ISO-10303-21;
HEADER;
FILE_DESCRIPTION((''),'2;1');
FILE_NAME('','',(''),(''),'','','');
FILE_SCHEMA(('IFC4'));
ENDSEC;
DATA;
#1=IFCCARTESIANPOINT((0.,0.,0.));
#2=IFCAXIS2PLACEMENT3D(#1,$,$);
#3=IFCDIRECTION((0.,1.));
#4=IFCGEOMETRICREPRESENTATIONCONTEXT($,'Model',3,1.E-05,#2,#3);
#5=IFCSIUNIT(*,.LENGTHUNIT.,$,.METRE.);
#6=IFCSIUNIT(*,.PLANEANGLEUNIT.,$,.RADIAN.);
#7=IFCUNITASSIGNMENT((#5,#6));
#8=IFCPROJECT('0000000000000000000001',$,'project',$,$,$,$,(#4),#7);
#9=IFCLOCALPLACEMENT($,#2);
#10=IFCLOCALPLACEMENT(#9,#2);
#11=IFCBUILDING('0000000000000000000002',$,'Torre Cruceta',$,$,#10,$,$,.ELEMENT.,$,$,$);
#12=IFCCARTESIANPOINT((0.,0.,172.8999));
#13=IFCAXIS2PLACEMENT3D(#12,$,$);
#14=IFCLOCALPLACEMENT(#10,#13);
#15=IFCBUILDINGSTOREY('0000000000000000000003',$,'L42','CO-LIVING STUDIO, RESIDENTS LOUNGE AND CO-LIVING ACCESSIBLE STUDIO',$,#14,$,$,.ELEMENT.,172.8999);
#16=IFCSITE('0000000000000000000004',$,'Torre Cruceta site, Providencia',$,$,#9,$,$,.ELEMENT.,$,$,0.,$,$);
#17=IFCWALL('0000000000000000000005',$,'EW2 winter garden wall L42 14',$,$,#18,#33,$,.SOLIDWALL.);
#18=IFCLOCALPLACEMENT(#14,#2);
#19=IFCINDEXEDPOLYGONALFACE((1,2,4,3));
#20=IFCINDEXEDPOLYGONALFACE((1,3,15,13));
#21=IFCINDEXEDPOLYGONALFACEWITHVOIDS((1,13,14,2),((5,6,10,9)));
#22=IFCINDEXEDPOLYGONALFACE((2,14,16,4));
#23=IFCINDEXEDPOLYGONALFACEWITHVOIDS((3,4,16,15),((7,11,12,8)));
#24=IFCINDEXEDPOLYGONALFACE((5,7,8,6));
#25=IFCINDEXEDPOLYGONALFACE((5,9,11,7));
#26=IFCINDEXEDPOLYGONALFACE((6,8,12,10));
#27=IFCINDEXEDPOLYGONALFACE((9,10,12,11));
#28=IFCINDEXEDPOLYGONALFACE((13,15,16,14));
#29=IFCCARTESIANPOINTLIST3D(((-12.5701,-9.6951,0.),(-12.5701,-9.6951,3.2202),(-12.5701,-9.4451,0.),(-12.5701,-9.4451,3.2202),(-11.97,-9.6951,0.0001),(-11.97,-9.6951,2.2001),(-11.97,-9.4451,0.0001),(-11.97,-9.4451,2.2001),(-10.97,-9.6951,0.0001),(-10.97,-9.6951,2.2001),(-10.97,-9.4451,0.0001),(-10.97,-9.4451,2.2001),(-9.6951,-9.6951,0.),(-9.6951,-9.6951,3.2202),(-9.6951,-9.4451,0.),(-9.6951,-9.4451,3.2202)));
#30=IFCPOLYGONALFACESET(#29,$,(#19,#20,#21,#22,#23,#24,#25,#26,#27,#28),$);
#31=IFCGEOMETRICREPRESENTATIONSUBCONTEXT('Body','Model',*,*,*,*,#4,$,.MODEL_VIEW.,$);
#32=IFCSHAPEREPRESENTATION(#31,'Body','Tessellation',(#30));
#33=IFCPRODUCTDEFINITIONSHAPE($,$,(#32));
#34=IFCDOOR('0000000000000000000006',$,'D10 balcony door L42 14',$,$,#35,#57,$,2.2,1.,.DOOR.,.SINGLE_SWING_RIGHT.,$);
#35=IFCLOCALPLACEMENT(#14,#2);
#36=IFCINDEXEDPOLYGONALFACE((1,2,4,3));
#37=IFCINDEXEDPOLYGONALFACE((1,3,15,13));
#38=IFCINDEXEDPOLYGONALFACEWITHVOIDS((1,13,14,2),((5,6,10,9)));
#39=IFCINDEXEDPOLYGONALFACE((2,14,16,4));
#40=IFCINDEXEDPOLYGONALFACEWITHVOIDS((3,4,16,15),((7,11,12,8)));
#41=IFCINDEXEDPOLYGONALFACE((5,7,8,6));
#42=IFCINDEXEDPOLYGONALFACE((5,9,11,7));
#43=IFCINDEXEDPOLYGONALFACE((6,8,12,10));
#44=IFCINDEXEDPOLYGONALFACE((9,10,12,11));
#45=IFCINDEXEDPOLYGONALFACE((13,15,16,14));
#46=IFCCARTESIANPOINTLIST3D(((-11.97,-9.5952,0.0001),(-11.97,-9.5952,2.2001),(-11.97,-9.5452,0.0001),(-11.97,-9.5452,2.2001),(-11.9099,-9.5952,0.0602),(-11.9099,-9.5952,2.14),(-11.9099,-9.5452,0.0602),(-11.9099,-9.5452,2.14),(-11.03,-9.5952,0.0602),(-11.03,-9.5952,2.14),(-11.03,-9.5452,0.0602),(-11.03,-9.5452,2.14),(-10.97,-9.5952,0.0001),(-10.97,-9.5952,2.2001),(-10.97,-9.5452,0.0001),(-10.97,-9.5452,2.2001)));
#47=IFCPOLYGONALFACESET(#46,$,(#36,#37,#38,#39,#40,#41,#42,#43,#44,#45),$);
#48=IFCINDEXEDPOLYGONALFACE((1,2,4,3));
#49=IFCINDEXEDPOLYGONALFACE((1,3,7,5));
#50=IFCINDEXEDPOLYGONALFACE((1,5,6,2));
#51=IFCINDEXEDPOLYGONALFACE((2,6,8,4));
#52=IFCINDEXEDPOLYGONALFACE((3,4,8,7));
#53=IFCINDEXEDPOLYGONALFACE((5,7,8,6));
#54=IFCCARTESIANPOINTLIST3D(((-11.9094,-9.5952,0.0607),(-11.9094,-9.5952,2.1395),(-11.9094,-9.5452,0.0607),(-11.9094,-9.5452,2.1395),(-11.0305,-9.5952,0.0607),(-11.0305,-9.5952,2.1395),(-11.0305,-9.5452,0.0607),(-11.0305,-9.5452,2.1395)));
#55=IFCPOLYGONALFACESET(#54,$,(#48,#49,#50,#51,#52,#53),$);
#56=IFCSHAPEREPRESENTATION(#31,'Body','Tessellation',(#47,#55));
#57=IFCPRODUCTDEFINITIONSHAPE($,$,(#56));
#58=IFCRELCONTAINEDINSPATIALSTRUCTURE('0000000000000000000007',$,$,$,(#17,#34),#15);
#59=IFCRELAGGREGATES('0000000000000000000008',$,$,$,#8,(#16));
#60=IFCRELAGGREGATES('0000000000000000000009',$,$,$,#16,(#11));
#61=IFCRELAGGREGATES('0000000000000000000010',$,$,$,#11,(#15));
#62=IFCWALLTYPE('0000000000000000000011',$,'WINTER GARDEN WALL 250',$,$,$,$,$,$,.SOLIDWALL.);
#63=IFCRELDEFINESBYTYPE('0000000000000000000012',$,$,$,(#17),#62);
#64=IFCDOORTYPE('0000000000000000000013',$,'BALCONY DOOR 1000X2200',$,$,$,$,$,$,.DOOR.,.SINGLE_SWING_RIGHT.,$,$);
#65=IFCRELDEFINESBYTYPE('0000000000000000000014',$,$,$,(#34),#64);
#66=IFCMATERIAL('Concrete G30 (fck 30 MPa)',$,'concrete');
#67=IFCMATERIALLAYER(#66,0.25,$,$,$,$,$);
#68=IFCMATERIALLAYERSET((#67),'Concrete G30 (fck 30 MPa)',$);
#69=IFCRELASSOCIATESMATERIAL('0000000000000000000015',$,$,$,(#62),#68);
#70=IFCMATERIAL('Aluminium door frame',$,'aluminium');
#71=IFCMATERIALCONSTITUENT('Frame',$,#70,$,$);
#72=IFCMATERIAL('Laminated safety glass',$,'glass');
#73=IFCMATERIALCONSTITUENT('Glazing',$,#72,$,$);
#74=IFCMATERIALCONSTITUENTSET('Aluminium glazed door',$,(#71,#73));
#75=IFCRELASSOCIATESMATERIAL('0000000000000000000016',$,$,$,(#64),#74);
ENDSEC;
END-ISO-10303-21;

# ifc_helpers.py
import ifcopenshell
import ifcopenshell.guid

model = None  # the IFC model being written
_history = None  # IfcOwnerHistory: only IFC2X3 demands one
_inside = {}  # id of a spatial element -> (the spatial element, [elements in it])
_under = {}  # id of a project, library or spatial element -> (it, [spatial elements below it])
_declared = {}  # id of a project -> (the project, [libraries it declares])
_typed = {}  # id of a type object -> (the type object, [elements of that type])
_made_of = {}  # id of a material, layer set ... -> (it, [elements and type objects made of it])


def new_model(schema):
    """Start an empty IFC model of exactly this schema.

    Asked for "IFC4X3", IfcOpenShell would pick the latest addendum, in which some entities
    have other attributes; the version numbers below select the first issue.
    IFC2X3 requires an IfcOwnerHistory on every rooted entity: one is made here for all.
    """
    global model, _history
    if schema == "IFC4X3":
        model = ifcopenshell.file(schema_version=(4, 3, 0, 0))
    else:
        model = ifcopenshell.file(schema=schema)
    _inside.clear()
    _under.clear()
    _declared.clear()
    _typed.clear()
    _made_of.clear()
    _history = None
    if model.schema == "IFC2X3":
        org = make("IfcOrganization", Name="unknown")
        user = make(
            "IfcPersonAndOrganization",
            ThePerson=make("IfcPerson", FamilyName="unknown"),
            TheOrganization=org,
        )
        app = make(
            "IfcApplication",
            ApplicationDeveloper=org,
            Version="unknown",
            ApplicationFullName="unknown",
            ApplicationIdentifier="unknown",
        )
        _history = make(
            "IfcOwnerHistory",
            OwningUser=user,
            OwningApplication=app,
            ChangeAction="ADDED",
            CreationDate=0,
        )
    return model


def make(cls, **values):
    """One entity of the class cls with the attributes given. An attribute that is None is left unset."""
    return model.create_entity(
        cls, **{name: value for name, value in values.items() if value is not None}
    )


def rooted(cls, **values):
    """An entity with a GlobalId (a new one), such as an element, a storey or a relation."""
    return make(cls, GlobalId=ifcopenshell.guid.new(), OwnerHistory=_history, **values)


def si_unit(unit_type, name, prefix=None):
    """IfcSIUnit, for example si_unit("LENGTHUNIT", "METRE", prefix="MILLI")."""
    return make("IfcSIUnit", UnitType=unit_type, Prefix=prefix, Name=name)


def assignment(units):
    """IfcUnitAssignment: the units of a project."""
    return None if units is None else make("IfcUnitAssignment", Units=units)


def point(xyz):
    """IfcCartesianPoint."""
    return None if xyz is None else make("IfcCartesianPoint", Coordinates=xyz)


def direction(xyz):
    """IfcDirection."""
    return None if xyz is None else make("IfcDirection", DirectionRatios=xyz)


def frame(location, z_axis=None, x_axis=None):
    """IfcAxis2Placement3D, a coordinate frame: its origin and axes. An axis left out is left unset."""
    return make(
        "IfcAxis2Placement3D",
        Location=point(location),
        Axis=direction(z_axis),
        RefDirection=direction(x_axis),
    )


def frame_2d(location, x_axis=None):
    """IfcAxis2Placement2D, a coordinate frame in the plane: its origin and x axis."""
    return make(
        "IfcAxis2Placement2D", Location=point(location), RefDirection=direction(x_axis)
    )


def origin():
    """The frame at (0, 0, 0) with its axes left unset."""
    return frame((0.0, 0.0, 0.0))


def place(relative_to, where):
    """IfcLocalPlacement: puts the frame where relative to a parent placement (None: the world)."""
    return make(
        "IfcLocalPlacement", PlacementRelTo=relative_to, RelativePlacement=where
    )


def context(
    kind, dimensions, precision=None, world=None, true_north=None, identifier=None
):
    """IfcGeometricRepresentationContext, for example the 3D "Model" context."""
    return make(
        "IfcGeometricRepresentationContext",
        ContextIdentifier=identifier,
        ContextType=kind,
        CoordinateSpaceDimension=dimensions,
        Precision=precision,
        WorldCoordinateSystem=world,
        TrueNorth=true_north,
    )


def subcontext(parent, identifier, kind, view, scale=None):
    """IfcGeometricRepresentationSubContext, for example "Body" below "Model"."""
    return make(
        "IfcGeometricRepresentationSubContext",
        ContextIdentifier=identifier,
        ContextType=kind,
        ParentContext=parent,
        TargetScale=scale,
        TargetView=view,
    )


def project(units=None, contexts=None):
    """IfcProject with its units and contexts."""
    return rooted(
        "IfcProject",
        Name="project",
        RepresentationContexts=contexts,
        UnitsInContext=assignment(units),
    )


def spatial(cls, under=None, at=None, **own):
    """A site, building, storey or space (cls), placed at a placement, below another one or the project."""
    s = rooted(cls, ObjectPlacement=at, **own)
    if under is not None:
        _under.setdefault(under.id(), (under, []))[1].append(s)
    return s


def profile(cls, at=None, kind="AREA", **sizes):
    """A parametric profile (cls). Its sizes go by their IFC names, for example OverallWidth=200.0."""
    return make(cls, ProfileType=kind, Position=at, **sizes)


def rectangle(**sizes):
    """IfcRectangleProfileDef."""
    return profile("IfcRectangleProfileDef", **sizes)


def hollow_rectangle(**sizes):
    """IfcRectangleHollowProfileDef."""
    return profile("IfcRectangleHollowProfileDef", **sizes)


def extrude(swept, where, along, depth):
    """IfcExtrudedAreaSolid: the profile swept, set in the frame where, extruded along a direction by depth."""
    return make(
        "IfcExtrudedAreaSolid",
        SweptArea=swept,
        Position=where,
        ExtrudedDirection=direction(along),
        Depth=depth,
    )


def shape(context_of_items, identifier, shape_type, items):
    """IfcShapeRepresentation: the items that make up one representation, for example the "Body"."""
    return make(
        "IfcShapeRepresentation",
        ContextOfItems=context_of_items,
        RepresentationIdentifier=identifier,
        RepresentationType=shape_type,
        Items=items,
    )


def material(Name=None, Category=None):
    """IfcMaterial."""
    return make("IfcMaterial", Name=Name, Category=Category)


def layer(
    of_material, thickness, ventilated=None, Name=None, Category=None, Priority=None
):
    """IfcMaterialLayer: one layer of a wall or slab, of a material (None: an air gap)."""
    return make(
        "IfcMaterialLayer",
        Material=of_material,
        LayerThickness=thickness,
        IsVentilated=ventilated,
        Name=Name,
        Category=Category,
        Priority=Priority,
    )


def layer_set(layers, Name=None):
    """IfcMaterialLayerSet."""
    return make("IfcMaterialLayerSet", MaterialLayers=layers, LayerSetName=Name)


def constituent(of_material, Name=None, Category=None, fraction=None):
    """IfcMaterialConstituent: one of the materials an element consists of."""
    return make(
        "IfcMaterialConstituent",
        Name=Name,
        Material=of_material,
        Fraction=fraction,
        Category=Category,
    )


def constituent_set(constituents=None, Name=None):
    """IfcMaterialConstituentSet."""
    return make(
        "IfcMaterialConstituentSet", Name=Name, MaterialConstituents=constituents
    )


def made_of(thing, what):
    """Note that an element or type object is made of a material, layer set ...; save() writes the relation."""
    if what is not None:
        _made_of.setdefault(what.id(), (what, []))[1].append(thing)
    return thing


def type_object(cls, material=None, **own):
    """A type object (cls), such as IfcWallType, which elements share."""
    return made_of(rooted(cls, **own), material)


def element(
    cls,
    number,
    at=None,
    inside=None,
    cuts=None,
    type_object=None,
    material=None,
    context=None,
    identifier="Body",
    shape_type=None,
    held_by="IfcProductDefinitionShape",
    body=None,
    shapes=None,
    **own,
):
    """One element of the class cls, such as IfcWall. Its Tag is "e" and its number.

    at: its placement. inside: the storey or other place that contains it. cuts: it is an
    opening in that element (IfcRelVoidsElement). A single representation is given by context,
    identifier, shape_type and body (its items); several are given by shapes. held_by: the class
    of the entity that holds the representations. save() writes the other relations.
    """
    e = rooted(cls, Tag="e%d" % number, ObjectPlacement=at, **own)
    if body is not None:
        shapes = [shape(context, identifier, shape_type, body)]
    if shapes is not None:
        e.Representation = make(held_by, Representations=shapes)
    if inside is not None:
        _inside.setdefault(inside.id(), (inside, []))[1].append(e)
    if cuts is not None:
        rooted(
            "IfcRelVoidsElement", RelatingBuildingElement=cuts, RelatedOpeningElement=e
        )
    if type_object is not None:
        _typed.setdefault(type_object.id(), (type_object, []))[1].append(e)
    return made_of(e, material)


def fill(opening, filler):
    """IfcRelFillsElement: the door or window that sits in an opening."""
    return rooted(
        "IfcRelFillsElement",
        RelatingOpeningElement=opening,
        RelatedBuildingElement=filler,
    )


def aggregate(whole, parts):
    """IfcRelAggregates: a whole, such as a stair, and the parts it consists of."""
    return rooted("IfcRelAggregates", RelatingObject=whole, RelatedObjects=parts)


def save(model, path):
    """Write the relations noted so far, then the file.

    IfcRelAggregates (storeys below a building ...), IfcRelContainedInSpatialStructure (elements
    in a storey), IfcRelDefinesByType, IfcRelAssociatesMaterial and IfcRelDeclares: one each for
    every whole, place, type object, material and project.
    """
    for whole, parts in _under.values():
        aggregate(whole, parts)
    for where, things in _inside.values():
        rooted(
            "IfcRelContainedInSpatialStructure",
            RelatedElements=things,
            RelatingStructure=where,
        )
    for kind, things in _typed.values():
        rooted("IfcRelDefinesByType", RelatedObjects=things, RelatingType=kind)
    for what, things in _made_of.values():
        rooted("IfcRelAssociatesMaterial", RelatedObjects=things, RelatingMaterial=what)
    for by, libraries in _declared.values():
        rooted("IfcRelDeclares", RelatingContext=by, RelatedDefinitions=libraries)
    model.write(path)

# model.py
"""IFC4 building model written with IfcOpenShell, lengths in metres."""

from ifc_helpers import new_model, si_unit, direction, frame, frame_2d, origin, place, context, subcontext, project, spatial, rectangle, hollow_rectangle, extrude, material, layer, layer_set, constituent, constituent_set, type_object, element, fill, save


model = new_model("IFC4")

# Units and contexts
model_context = context("Model", 3, precision=1e-05, world=origin(), true_north=direction((0.0, 1.0)))
body_context = subcontext(model_context, "Body", "Model", "MODEL_VIEW")
ifc_project = project(units=[si_unit("LENGTHUNIT", "METRE"), si_unit("PLANEANGLEUNIT", "RADIAN")], contexts=[model_context])

# Site, building, storey
site_placement = place(None, origin())
site = spatial("IfcSite", under=ifc_project, at=site_placement, Name="Torre Cruceta site, Providencia", CompositionType="ELEMENT", RefElevation=0.0)
building_placement = place(site_placement, origin())
building = spatial("IfcBuilding", under=site, at=building_placement, Name="Torre Cruceta", CompositionType="ELEMENT")
storey_placement = place(building_placement, frame((0.0, 0.0, 172.8999)))
storey = spatial("IfcBuildingStorey", under=building, at=storey_placement, Name="L42", Description="CO-LIVING STUDIO, RESIDENTS LOUNGE AND CO-LIVING ACCESSIBLE STUDIO", CompositionType="ELEMENT", Elevation=172.8999)

# Wall, opening, door
ifc_material_1 = material(Name="Concrete G30 (fck 30 MPa)", Category="concrete")
ifc_layer_1 = layer(ifc_material_1, 0.25)
ifc_layer_set_1 = layer_set([ifc_layer_1], Name="Concrete G30 (fck 30 MPa)")
wall_type_1 = type_object("IfcWallType", Name="WINTER GARDEN WALL 250", PredefinedType="SOLIDWALL", material=ifc_layer_set_1)
wall_1_placement = place(storey_placement, frame((-12.5701, -9.5701, 0.0), z_axis=(0.0, 0.0, 1.0), x_axis=(1.0, 0.0, 0.0)))
wall_1 = element("IfcWall", 1, at=wall_1_placement, inside=storey, type_object=wall_type_1, Name="EW2 winter garden wall L42 14", PredefinedType="SOLIDWALL", context=body_context, shape_type="SweptSolid", body=[
    extrude(rectangle(XDim=2.875, YDim=0.25, at=frame_2d((1.4375, 0.0))), origin(), (0.0, 0.0, 1.0), 3.2202),
])
opening_1_placement = place(wall_1_placement, frame((0.6001, 0.0, 0.0)))
opening_1 = element("IfcOpeningElement", 2, at=opening_1_placement, cuts=wall_1, PredefinedType="OPENING", context=body_context, shape_type="SweptSolid", body=[
    extrude(rectangle(XDim=1.0, YDim=2.2, at=frame_2d((0.5, 1.1001))), frame((0.0, 0.135, 0.0), z_axis=(0.0, -1.0, 0.0), x_axis=(1.0, 0.0, 0.0)), (0.0, 0.0, 1.0), 0.27),
])
ifc_material_2 = material(Name="Aluminium door frame", Category="aluminium")
ifc_constituent_1 = constituent(ifc_material_2, Name="Frame")
ifc_material_3 = material(Name="Laminated safety glass", Category="glass")
ifc_constituent_2 = constituent(ifc_material_3, Name="Glazing")
ifc_constituent_set_1 = constituent_set(constituents=[ifc_constituent_1, ifc_constituent_2], Name="Aluminium glazed door")
door_type_1 = type_object("IfcDoorType", Name="BALCONY DOOR 1000X2200", OperationType="SINGLE_SWING_RIGHT", PredefinedType="DOOR", material=ifc_constituent_set_1)
door_1_placement = place(opening_1_placement, origin())
door_1 = element("IfcDoor", 3, at=door_1_placement, inside=storey, type_object=door_type_1, Name="D10 balcony door L42 14", OperationType="SINGLE_SWING_RIGHT", OverallHeight=2.2, OverallWidth=1.0, PredefinedType="DOOR", context=body_context, shape_type="SweptSolid", body=[
    extrude(hollow_rectangle(XDim=1.0, YDim=2.2, WallThickness=0.0601, at=frame_2d((0.5, 1.1001))), frame((0.0, 0.0249, 0.0), z_axis=(0.0, -1.0, 0.0), x_axis=(1.0, 0.0, 0.0)), (0.0, 0.0, 1.0), 0.05),
    extrude(rectangle(XDim=0.8789, YDim=2.0789, at=frame_2d((0.5, 1.1001))), frame((0.0, 0.0249, 0.0), z_axis=(0.0, -1.0, 0.0), x_axis=(1.0, 0.0, 0.0)), (0.0, 0.0, 1.0), 0.05),
])
fill(opening_1, door_1)

save(model, "model.ifc")
